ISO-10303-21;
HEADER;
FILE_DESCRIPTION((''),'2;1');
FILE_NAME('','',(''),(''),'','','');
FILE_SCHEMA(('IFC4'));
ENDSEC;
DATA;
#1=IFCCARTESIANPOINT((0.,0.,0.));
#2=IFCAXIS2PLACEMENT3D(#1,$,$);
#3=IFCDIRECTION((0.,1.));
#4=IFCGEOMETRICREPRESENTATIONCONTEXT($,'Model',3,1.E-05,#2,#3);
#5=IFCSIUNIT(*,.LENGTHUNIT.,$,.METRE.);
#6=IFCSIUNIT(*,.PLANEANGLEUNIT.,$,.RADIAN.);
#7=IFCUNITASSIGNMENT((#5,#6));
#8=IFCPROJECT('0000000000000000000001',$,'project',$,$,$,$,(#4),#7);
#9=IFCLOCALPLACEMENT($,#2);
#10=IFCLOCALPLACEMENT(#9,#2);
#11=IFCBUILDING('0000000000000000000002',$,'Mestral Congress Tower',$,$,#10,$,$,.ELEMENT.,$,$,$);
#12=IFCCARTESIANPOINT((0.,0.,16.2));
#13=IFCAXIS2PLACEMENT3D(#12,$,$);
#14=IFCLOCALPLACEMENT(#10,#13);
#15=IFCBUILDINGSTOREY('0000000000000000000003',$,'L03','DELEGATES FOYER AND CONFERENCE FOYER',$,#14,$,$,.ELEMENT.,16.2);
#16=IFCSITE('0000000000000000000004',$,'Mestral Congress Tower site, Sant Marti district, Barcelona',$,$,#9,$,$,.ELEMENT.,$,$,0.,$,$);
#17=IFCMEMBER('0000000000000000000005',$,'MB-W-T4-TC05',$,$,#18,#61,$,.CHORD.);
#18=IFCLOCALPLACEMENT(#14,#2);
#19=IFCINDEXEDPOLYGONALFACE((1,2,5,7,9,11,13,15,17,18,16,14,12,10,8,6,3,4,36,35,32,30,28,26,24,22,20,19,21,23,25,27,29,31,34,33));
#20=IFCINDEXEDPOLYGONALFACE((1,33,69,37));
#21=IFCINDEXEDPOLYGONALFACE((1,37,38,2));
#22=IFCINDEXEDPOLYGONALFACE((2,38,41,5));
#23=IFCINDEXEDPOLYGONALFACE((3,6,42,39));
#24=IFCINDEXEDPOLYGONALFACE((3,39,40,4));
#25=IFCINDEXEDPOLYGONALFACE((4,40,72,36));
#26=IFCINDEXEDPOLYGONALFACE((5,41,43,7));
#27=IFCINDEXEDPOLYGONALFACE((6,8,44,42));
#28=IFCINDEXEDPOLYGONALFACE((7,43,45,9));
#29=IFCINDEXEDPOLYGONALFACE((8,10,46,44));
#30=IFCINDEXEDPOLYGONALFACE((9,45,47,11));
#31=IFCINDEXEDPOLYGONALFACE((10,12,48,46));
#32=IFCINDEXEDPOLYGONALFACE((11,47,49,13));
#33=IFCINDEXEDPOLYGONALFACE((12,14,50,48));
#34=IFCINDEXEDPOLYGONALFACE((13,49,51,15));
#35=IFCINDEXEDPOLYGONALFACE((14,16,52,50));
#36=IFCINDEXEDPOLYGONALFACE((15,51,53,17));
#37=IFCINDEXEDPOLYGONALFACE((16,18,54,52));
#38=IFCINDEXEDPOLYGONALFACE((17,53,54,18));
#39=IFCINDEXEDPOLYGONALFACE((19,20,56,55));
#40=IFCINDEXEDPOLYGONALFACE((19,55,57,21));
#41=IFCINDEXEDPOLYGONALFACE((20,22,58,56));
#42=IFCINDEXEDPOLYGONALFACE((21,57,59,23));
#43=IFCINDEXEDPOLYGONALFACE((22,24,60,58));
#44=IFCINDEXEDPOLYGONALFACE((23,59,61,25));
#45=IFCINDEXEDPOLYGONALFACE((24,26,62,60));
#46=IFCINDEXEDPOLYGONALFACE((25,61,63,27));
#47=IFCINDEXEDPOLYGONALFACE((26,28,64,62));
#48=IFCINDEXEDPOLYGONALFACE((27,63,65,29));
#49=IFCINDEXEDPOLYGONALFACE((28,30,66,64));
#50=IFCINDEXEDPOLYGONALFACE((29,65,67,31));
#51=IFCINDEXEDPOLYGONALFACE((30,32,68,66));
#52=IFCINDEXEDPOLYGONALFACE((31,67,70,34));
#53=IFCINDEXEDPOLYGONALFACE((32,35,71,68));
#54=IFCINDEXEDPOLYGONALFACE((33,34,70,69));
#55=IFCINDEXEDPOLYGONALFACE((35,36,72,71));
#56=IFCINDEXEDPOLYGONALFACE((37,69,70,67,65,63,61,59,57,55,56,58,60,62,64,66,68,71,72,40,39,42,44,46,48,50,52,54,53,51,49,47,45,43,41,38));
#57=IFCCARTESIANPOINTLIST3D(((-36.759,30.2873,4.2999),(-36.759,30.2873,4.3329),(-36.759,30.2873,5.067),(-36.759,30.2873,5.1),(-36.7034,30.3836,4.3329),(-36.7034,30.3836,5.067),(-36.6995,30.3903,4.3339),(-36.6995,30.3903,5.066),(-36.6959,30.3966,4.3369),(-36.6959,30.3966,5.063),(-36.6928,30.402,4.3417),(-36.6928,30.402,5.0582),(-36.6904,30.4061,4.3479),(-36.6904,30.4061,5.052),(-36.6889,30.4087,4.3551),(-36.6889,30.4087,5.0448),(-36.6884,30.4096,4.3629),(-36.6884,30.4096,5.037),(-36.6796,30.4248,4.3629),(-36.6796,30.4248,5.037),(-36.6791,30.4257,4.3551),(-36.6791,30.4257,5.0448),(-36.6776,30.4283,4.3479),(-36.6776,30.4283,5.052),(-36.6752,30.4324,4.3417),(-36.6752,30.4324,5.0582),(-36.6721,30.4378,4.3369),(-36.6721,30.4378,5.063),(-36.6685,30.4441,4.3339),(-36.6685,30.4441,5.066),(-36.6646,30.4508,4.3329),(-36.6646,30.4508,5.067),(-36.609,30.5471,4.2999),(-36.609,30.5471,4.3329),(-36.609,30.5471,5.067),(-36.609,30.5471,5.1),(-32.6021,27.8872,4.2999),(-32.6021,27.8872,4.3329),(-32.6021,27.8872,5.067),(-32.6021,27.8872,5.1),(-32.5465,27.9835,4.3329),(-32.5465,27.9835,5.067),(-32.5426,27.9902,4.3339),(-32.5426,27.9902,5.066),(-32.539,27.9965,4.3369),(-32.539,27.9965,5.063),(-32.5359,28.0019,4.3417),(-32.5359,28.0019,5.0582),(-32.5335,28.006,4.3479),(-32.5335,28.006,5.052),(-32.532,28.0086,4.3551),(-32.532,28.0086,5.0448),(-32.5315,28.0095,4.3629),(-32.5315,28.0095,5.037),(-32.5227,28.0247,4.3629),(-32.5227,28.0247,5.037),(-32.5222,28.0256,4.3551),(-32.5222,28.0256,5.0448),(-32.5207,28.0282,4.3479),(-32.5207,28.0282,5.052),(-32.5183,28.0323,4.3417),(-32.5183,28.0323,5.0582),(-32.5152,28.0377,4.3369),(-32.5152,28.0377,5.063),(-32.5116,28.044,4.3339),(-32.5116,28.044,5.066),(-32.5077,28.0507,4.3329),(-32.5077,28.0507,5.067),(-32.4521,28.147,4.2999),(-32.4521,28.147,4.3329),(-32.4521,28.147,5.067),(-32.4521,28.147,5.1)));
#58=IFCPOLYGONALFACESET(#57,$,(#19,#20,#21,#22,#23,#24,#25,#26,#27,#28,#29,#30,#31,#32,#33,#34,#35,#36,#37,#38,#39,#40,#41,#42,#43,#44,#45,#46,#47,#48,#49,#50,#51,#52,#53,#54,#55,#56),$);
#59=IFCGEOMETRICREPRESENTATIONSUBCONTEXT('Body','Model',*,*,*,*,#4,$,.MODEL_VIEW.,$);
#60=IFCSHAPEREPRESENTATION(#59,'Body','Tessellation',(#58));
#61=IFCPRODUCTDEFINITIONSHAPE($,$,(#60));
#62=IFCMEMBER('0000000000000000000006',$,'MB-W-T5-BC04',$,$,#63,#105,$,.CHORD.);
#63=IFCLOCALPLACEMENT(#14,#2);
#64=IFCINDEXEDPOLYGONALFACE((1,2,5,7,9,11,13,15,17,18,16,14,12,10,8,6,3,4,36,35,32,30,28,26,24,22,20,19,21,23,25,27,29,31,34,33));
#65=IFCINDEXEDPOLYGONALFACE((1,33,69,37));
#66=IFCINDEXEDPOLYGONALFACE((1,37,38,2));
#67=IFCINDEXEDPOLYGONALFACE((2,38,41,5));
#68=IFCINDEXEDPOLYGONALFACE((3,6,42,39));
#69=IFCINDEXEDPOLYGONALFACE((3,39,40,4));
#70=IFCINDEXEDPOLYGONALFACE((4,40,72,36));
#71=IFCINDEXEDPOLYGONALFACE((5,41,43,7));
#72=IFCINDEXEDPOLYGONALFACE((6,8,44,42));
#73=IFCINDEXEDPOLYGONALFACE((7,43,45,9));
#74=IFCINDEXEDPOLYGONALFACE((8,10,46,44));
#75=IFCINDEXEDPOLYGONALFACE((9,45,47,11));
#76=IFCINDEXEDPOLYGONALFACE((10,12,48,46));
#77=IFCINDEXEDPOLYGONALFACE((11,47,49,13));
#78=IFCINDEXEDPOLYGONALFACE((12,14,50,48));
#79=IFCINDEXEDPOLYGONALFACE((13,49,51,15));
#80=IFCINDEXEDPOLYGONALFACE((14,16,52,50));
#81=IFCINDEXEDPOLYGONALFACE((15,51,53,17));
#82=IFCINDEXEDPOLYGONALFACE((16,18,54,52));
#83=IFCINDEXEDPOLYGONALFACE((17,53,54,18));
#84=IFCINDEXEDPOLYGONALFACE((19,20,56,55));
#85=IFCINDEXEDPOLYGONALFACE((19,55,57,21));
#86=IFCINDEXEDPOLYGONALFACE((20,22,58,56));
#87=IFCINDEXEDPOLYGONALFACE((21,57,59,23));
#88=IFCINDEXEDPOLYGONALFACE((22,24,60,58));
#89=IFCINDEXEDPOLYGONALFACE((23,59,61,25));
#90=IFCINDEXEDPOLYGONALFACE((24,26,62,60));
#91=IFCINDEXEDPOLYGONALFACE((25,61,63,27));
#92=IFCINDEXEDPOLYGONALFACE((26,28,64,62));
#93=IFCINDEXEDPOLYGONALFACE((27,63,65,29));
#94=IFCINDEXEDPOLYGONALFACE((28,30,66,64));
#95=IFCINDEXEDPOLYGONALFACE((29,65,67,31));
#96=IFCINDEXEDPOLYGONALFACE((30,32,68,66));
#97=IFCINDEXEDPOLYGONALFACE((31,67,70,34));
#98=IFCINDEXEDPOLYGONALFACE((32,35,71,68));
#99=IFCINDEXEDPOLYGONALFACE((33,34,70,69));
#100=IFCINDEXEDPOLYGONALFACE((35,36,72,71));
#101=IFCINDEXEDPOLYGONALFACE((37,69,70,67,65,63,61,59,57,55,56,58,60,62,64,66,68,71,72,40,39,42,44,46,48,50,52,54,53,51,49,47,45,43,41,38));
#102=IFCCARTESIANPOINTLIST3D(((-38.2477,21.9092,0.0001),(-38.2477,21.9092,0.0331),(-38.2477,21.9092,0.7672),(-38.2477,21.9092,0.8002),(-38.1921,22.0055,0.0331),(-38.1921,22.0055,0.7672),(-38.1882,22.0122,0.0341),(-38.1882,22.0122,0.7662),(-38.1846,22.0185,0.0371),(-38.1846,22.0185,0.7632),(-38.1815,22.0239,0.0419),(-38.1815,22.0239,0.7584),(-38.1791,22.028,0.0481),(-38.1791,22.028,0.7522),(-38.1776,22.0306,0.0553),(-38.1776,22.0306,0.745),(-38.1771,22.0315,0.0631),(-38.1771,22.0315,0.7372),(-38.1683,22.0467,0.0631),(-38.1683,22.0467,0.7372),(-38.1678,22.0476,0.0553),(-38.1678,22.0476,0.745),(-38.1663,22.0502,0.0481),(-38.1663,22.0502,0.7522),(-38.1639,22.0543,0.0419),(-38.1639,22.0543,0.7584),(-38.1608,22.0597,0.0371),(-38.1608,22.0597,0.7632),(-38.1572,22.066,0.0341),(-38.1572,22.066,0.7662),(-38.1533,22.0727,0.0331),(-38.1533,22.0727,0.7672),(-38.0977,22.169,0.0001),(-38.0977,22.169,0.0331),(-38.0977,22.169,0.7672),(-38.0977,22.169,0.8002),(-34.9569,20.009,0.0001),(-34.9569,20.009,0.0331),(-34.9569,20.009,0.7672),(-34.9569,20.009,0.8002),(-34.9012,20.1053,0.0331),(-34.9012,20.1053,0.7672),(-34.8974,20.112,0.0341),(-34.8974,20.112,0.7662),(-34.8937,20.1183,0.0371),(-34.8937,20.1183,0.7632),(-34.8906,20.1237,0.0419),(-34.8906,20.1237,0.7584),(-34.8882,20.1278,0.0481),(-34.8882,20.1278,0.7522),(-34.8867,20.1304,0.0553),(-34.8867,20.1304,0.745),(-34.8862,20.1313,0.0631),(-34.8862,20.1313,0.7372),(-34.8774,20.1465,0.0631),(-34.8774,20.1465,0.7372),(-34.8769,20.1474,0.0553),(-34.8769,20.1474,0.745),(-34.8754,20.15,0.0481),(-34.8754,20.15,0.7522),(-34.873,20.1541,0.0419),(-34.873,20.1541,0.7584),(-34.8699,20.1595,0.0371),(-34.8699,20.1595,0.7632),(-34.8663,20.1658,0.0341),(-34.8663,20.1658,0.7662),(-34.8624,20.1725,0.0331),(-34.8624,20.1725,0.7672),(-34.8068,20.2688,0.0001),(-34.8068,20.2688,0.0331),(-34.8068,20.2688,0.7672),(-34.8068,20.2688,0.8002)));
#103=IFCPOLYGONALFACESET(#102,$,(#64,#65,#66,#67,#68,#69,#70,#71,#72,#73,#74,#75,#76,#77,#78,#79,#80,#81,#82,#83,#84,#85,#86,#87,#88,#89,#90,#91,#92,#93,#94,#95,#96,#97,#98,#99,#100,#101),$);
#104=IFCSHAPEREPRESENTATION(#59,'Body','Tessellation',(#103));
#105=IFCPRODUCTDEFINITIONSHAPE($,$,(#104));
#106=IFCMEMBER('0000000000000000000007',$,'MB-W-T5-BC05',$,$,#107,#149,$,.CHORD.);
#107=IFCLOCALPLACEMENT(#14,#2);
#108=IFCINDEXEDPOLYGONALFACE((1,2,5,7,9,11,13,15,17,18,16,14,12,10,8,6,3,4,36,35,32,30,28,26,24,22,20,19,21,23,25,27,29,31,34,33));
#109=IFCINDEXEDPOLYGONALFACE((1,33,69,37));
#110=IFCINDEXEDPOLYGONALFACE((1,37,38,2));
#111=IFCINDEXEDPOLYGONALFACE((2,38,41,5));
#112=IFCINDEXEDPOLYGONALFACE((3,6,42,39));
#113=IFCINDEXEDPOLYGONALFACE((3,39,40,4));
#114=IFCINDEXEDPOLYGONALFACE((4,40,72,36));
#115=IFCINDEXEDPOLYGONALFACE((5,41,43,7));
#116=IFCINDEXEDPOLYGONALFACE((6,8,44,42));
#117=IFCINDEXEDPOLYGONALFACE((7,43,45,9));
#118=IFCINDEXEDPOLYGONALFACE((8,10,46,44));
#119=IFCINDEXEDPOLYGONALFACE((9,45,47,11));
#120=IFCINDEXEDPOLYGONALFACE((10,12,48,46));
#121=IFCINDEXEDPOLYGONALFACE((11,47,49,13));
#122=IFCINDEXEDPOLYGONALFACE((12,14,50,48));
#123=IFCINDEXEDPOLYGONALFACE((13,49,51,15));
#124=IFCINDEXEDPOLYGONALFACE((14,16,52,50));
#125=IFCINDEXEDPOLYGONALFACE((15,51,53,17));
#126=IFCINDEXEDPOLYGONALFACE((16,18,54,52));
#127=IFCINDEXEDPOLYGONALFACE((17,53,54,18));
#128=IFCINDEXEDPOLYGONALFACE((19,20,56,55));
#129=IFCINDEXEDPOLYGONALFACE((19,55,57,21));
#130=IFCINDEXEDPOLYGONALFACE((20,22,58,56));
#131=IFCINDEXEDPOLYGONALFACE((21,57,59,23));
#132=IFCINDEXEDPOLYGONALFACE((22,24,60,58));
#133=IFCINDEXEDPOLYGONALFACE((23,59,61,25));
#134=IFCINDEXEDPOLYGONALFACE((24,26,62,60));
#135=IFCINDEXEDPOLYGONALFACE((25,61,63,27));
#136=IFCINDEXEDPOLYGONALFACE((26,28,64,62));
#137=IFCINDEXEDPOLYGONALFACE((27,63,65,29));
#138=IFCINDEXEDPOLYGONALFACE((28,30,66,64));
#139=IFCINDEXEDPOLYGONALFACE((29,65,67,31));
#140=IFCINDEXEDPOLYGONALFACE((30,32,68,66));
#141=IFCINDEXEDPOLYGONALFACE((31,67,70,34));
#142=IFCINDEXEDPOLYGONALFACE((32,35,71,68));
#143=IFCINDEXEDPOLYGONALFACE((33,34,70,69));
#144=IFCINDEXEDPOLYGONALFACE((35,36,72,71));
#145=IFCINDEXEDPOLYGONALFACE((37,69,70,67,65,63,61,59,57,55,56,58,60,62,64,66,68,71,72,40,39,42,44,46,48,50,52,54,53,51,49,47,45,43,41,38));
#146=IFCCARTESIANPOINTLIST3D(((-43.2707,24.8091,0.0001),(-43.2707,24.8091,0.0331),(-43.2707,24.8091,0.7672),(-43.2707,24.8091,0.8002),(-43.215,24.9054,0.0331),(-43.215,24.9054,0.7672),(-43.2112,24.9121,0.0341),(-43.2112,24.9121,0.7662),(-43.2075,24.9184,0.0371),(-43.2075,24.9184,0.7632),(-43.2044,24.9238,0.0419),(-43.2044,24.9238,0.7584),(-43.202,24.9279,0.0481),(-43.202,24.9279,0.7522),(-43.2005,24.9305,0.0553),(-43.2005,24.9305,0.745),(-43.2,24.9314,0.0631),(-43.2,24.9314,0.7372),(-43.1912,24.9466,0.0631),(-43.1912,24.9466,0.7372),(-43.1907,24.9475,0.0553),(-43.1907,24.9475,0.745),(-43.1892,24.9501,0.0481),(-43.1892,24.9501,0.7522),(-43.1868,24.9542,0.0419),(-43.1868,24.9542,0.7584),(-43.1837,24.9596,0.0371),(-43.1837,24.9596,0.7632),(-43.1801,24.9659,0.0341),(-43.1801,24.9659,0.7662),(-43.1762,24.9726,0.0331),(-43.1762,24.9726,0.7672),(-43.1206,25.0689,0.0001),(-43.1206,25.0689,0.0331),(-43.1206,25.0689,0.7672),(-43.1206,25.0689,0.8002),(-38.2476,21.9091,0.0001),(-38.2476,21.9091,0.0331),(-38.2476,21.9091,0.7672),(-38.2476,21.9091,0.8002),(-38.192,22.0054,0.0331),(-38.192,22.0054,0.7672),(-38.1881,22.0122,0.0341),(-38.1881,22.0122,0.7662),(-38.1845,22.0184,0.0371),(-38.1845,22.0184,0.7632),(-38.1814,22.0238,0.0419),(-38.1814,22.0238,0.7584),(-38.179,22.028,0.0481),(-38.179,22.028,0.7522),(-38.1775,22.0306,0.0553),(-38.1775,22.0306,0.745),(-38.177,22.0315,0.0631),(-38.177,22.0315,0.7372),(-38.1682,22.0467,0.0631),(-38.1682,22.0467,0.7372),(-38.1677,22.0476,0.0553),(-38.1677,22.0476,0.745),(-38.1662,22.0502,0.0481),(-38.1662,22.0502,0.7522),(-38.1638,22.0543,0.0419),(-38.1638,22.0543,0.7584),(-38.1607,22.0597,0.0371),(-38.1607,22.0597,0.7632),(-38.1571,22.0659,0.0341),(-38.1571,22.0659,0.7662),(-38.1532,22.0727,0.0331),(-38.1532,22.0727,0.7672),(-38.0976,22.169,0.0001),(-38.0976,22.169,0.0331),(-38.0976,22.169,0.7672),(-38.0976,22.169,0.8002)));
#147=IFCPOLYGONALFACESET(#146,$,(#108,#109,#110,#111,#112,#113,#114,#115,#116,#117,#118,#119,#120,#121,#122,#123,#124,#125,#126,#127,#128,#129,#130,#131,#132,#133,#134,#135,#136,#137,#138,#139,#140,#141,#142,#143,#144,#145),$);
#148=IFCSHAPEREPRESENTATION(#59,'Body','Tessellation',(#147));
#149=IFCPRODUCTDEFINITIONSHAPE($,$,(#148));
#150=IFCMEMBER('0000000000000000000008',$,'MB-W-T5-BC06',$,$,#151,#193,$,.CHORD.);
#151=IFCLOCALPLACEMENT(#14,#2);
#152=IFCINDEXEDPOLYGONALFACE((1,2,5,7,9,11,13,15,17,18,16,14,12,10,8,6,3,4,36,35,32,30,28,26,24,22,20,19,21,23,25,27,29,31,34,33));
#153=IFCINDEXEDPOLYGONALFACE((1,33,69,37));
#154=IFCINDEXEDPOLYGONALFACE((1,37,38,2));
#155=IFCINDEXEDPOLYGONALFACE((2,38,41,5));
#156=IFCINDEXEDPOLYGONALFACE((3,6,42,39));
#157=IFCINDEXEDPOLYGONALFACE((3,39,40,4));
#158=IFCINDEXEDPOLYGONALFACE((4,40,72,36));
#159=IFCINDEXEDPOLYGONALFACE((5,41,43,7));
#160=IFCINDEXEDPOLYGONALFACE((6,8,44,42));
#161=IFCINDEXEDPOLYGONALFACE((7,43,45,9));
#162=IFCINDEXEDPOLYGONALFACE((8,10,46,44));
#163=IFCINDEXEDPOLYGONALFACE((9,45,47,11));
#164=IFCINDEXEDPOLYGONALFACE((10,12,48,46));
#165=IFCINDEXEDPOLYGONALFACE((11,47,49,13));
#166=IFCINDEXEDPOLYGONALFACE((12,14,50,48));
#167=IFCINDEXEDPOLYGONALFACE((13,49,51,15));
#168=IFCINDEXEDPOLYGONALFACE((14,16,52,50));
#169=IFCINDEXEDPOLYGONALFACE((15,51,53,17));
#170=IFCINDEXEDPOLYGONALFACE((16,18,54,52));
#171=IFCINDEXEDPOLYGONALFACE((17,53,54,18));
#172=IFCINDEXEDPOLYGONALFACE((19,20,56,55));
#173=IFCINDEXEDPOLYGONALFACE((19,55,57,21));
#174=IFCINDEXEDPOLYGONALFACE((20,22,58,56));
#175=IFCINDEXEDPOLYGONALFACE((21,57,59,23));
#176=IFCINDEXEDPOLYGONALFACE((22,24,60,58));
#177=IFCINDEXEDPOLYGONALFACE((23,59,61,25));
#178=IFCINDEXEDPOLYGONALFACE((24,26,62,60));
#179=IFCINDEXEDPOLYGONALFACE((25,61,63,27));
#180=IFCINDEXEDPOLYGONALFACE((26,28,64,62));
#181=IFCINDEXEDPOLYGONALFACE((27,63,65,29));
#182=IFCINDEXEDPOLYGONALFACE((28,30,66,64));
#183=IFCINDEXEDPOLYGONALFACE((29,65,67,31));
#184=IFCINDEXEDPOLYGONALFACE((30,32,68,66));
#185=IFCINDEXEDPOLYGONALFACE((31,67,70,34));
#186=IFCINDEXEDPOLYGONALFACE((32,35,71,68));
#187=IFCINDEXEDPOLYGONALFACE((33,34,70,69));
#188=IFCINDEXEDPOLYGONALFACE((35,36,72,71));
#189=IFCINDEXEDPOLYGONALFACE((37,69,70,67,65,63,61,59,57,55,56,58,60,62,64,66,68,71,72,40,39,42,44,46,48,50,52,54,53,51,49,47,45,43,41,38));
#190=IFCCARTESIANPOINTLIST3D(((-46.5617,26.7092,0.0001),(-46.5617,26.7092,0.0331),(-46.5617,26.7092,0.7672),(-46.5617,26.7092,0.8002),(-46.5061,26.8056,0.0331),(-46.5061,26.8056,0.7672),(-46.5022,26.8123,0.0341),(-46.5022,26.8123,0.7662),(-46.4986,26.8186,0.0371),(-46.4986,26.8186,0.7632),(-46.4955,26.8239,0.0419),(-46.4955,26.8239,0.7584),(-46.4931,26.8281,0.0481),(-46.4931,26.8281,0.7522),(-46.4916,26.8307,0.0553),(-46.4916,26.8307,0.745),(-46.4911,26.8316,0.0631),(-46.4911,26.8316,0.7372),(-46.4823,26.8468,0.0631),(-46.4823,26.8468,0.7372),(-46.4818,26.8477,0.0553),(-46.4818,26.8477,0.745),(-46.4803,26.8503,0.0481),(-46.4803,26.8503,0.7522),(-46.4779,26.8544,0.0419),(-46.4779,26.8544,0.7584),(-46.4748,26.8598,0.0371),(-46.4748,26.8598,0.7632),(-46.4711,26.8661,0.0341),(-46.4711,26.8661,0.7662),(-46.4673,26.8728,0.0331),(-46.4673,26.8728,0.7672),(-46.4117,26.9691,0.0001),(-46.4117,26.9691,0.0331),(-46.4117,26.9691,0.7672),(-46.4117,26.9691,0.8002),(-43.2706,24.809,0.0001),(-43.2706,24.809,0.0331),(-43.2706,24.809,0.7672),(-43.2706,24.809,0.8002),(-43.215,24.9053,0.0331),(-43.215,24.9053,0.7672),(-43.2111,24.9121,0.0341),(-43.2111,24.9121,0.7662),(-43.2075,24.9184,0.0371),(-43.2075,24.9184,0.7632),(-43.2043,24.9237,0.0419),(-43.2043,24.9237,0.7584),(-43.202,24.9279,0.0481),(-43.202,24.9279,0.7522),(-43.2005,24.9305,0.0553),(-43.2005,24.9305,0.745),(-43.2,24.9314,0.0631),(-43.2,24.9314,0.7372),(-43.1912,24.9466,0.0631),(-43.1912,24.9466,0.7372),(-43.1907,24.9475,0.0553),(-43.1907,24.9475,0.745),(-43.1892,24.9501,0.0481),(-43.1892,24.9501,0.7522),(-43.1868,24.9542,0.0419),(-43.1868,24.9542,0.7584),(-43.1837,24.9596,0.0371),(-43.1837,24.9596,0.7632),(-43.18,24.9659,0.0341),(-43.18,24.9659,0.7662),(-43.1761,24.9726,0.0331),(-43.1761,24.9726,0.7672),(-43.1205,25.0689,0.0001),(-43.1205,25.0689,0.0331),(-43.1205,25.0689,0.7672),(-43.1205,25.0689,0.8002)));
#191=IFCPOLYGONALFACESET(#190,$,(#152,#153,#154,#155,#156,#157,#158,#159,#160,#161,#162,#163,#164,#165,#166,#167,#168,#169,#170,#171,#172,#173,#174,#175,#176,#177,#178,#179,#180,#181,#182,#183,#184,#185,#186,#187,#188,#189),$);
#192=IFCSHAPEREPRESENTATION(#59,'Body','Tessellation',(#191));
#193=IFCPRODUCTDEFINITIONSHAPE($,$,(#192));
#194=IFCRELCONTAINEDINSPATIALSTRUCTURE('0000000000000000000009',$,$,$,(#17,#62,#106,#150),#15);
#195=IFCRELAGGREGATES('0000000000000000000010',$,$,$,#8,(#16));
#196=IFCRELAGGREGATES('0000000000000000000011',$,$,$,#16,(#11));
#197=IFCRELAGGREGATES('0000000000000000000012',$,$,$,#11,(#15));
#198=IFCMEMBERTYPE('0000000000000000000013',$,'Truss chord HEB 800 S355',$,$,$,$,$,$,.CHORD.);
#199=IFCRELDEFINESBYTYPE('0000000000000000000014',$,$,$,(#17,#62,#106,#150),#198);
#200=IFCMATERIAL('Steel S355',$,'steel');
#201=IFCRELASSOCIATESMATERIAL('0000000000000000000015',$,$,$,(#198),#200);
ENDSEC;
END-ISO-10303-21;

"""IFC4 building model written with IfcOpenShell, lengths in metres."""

from ifc_helpers import new_model, si_unit, direction, frame, origin, origin_2d, place, context, subcontext, project, spatial, i_section, extrude, material, material_profile, profile_set, type_object, element, save


model = new_model("IFC4")

# Units and contexts
model_context = context("Model", 3, precision=1e-05, world=origin(), true_north=direction((0.0, 1.0)))
body_context = subcontext(model_context, "Body", "Model", "MODEL_VIEW")
ifc_project = project(units=[si_unit("LENGTHUNIT", "METRE"), si_unit("PLANEANGLEUNIT", "RADIAN")], contexts=[model_context])

# Site, building, storey
site_placement = place(None, origin())
site = spatial("IfcSite", under=ifc_project, at=site_placement, Name="Mestral Congress Tower site, Sant Marti district, Barcelona", CompositionType="ELEMENT", RefElevation=0.0)
building_placement = place(site_placement, origin())
building = spatial("IfcBuilding", under=site, at=building_placement, Name="Mestral Congress Tower", CompositionType="ELEMENT")
storey_placement = place(building_placement, frame((0.0, 0.0, 16.2)))
storey = spatial("IfcBuildingStorey", under=building, at=storey_placement, Name="L03", Description="DELEGATES FOYER AND CONFERENCE FOYER", CompositionType="ELEMENT", Elevation=16.2)

# Members
ifc_material = material(Name="Steel S355", Category="steel")
ifc_material_profile_1 = material_profile(ifc_material, i_section(OverallWidth=0.3, OverallDepth=0.8, WebThickness=0.0176, FlangeThickness=0.033, FilletRadius=0.03, at=origin_2d()), Name="HEB 800")
ifc_profile_set_1 = profile_set([ifc_material_profile_1], Name="Steel S355")
member_type_1 = type_object("IfcMemberType", Name="Truss chord HEB 800 S355", PredefinedType="CHORD", material=ifc_profile_set_1)
member_1_placement = place(storey_placement, frame((-32.5271, 28.0171, 4.7), z_axis=(-0.866015, 0.500017, 0.0), x_axis=(-0.500017, -0.866015, 0.0)))
element("IfcMember", 1, at=member_1_placement, inside=storey, type_object=member_type_1, Name="MB-W-T4-TC05", PredefinedType="CHORD", context=body_context, shape_type="SweptSolid", body=[
    extrude(i_section(OverallWidth=0.3, OverallDepth=0.8, WebThickness=0.0176, FlangeThickness=0.033, FilletRadius=0.03, at=origin_2d()), origin(), (0.0, 0.0, 1.0), 4.8),
])
member_2_placement = place(storey_placement, frame((-34.8818, 20.1389, 0.4001), z_axis=(-0.866, 0.500043, 0.0), x_axis=(-0.500043, -0.866, 0.0)))
element("IfcMember", 2, at=member_2_placement, inside=storey, type_object=member_type_1, Name="MB-W-T5-BC04", PredefinedType="CHORD", context=body_context, shape_type="SweptSolid", body=[
    extrude(i_section(OverallWidth=0.3, OverallDepth=0.8, WebThickness=0.0176, FlangeThickness=0.033, FilletRadius=0.03, at=origin_2d()), origin(), (0.0, 0.0, 1.0), 3.8),
])
member_3_placement = place(storey_placement, frame((-38.1726, 22.0391, 0.4001), z_axis=(-0.866033, 0.499987, 0.0), x_axis=(-0.499987, -0.866033, 0.0)))
element("IfcMember", 3, at=member_3_placement, inside=storey, type_object=member_type_1, Name="MB-W-T5-BC05", PredefinedType="CHORD", context=body_context, shape_type="SweptSolid", body=[
    extrude(i_section(OverallWidth=0.3, OverallDepth=0.8, WebThickness=0.0176, FlangeThickness=0.033, FilletRadius=0.03, at=origin_2d()), origin(), (0.0, 0.0, 1.0), 5.8),
])
member_4_placement = place(storey_placement, frame((-43.1956, 24.939, 0.4001), z_axis=(-0.866017, 0.500015, 0.0), x_axis=(-0.500015, -0.866017, 0.0)))
element("IfcMember", 4, at=member_4_placement, inside=storey, type_object=member_type_1, Name="MB-W-T5-BC06", PredefinedType="CHORD", context=body_context, shape_type="SweptSolid", body=[
    extrude(i_section(OverallWidth=0.3, OverallDepth=0.8, WebThickness=0.0176, FlangeThickness=0.033, FilletRadius=0.03, at=origin_2d()), origin(), (0.0, 0.0, 1.0), 3.8003),
])

save(model, "model.ifc")
